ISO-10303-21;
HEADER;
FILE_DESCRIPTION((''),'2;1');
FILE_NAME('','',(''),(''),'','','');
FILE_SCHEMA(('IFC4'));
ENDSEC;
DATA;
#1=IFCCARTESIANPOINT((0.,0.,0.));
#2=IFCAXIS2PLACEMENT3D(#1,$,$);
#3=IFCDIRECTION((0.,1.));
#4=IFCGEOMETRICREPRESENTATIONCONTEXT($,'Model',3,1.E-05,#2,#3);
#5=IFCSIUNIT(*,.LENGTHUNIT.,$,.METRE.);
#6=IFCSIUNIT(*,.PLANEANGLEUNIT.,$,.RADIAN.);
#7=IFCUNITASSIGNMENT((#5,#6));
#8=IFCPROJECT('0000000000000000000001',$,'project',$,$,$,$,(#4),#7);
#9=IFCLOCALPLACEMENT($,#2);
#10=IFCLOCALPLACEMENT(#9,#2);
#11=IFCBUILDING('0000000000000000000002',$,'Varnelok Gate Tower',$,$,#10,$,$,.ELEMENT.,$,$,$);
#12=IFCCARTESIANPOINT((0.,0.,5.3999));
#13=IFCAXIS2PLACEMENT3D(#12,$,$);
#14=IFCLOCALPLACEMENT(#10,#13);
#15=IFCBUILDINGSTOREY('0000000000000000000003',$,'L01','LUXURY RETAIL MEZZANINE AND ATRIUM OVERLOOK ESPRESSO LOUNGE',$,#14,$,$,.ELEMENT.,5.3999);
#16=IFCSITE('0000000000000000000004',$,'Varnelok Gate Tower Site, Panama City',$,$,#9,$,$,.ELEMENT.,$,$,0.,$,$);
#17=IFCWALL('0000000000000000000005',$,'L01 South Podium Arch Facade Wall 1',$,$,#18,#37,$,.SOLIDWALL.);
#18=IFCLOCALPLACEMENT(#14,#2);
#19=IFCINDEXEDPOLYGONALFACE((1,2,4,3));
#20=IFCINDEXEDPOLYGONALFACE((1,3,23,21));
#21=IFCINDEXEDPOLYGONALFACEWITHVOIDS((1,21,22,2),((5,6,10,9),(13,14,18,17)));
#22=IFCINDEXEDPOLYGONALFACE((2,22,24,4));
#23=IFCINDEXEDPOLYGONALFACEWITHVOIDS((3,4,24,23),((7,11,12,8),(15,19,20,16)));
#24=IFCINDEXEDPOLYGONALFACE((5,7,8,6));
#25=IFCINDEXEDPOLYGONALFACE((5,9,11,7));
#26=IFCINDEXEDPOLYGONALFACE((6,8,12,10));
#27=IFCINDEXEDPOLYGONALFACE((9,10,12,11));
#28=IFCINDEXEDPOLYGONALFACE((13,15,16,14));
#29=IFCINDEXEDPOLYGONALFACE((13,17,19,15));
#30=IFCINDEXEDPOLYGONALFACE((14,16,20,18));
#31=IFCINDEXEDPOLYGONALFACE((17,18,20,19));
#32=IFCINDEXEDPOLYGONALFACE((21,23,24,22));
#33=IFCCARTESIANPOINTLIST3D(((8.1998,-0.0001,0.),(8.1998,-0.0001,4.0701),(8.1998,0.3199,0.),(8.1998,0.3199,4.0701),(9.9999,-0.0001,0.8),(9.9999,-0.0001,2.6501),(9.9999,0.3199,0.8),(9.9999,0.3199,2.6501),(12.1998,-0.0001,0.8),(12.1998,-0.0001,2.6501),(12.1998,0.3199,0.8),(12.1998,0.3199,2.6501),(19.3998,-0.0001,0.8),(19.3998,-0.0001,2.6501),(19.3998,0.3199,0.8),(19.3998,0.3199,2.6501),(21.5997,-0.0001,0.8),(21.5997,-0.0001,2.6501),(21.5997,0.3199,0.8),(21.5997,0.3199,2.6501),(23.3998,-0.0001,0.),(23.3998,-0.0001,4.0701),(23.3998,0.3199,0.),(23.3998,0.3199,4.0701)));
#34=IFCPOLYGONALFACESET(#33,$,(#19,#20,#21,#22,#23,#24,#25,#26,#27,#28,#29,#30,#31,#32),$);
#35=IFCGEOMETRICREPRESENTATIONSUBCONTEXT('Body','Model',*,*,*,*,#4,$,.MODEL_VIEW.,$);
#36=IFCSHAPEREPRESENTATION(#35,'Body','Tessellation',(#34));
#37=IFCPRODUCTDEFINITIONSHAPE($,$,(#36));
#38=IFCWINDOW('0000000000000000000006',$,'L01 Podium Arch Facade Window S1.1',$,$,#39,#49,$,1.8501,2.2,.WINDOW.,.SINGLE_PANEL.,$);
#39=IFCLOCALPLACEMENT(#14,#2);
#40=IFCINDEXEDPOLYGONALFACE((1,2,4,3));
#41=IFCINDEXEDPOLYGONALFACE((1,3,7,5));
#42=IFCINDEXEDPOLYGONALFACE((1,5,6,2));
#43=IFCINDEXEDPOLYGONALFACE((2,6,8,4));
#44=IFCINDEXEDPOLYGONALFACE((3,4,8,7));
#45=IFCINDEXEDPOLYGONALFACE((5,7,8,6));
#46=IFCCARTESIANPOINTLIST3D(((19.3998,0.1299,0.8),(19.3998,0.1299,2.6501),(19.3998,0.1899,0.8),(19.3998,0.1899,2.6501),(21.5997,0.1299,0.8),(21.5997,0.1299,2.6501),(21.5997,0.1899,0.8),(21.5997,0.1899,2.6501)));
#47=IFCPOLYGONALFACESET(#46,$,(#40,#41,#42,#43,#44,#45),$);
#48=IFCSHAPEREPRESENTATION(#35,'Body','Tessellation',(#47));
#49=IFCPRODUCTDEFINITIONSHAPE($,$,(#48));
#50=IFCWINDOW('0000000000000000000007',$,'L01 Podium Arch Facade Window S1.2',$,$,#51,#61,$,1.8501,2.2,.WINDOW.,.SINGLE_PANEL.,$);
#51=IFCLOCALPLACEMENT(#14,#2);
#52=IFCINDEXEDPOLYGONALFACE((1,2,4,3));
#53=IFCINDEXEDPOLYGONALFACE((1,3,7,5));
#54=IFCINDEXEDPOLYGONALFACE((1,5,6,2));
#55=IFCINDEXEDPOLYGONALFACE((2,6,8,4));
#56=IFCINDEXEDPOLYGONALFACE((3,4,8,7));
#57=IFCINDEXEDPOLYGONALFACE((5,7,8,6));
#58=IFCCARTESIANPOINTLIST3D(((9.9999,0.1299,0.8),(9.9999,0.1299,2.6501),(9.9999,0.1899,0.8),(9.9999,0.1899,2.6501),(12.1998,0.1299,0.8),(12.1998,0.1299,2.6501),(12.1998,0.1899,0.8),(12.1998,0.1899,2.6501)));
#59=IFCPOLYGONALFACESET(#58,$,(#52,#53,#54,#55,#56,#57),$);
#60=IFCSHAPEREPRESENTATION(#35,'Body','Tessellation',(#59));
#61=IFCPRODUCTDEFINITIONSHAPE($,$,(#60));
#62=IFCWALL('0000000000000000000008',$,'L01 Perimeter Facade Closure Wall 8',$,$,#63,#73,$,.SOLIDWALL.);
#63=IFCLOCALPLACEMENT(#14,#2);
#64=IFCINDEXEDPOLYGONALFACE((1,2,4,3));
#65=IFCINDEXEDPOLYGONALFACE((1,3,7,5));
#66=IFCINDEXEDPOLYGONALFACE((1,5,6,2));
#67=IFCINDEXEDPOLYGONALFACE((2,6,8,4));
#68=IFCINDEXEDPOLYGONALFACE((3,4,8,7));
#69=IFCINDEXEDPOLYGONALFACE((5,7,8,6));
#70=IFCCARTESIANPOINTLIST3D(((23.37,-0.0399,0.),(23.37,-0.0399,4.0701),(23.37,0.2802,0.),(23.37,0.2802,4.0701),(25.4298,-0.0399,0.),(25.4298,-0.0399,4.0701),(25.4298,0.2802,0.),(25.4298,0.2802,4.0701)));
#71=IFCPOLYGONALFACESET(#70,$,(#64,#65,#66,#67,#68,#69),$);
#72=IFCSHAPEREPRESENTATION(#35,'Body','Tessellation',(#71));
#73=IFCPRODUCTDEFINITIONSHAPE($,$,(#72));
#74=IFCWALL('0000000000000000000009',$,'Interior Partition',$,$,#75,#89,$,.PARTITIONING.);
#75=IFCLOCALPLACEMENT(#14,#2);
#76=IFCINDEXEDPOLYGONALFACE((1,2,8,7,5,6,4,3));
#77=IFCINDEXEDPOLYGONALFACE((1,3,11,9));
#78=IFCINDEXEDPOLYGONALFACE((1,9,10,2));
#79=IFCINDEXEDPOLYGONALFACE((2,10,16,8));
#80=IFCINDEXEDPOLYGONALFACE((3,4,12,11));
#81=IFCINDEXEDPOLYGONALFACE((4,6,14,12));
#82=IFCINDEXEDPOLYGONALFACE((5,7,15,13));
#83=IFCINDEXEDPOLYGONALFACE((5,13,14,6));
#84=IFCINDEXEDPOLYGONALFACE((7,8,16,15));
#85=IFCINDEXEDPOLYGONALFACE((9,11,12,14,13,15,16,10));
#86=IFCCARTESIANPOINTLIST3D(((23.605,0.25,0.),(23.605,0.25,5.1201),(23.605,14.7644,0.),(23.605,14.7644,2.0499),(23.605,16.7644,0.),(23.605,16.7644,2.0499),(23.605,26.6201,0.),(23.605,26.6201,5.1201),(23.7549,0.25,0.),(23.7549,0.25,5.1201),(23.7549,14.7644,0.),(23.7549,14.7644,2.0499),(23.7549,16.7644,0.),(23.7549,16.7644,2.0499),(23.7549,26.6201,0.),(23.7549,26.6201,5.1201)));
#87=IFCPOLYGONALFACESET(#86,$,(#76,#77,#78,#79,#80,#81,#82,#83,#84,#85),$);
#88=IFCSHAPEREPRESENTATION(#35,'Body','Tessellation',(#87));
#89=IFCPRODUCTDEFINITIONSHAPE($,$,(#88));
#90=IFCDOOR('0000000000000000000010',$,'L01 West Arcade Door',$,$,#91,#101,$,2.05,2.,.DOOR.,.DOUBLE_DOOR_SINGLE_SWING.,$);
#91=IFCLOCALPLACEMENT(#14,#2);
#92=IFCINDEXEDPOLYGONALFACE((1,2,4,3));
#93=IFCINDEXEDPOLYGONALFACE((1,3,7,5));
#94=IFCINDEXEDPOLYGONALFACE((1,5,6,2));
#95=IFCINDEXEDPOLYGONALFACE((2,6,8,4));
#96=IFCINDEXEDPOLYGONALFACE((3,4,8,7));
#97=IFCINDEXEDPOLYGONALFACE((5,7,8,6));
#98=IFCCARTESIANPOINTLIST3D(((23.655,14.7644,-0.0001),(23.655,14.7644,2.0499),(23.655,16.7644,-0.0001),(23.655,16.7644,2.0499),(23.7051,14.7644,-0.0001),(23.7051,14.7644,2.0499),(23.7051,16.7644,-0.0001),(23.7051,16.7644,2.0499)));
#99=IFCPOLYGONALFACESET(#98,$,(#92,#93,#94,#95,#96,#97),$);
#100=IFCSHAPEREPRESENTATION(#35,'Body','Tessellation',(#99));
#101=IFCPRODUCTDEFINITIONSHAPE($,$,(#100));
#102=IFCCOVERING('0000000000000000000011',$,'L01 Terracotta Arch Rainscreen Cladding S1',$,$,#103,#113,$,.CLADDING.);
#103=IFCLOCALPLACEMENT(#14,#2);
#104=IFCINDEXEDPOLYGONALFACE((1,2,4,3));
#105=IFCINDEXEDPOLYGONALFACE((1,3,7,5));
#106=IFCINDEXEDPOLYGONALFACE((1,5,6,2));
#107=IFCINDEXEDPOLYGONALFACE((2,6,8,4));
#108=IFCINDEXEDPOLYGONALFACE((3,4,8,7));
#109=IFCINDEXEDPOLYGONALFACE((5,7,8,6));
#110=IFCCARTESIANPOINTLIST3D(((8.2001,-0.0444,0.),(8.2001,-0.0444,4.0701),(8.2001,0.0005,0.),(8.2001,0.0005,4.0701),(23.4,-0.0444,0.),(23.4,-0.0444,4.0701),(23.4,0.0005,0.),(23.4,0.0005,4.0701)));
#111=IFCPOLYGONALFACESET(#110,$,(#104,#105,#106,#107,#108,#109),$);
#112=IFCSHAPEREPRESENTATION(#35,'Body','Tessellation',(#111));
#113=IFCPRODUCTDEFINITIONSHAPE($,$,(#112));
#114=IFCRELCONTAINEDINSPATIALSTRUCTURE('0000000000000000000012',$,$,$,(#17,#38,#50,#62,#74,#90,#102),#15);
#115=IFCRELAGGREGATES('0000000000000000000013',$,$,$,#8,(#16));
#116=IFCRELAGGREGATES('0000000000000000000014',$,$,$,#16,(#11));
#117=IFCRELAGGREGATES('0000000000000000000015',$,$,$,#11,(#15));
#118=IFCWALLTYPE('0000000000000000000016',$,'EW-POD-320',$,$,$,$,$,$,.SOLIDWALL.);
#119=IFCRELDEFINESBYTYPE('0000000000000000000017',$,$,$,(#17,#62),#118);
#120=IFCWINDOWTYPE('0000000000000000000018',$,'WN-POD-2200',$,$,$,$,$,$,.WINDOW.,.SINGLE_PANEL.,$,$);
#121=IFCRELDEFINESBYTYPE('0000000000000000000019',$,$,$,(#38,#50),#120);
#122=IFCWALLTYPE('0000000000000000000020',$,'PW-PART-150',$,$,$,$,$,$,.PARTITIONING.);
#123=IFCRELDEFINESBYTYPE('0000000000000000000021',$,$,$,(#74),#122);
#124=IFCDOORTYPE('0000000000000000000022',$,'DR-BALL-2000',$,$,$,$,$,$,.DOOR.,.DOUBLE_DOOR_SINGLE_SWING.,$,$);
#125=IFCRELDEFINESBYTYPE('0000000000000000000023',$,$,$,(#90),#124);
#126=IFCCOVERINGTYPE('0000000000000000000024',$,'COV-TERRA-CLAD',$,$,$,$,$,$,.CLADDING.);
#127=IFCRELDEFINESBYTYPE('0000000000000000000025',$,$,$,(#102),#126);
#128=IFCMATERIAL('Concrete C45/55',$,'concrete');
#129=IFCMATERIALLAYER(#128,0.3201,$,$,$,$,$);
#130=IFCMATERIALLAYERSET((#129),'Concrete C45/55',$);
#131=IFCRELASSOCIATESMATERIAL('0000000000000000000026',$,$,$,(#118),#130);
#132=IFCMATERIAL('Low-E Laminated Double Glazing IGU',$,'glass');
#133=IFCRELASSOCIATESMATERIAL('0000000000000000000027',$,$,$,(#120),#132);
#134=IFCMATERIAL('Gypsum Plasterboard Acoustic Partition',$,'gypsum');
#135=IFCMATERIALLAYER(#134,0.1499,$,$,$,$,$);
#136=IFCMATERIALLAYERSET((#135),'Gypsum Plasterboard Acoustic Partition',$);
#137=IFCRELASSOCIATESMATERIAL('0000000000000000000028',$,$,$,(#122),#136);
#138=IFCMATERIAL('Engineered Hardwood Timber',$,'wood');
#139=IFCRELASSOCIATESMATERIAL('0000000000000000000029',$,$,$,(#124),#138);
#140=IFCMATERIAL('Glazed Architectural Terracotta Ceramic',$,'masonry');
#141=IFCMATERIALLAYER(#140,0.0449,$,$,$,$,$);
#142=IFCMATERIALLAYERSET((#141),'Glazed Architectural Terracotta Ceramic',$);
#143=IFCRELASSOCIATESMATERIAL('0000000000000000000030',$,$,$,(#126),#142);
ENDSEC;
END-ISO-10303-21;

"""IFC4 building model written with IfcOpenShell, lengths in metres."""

from ifc_helpers import new_model, si_unit, direction, frame, frame_2d, origin, origin_2d, place, context, subcontext, project, spatial, rectangle, extrude, source, transform, mapped, material, layer, layer_set, type_object, element, fill, save


model = new_model("IFC4")

# Units and contexts
model_context = context("Model", 3, precision=1e-05, world=origin(), true_north=direction((0.0, 1.0)))
body_context = subcontext(model_context, "Body", "Model", "MODEL_VIEW")
ifc_project = project(units=[si_unit("LENGTHUNIT", "METRE"), si_unit("PLANEANGLEUNIT", "RADIAN")], contexts=[model_context])

# Site, building, storey
site_placement = place(None, origin())
site = spatial("IfcSite", under=ifc_project, at=site_placement, Name="Varnelok Gate Tower Site, Panama City", CompositionType="ELEMENT", RefElevation=0.0)
building_placement = place(site_placement, origin())
building = spatial("IfcBuilding", under=site, at=building_placement, Name="Varnelok Gate Tower", CompositionType="ELEMENT")
storey_placement = place(building_placement, frame((0.0, 0.0, 5.3999)))
storey = spatial("IfcBuildingStorey", under=building, at=storey_placement, Name="L01", Description="LUXURY RETAIL MEZZANINE AND ATRIUM OVERLOOK ESPRESSO LOUNGE", CompositionType="ELEMENT", Elevation=5.3999)

# Shared definitions
ifc_material_1 = material(Name="Low-E Laminated Double Glazing IGU", Category="glass")

# Wall, openings, windows
ifc_material_2 = material(Name="Concrete C45/55", Category="concrete")
ifc_layer_1 = layer(ifc_material_2, 0.3201)
ifc_layer_set_1 = layer_set([ifc_layer_1], Name="Concrete C45/55")
wall_type_1 = type_object("IfcWallType", Name="EW-POD-320", PredefinedType="SOLIDWALL", material=ifc_layer_set_1)
wall_1_placement = place(storey_placement, frame((23.3999, 0.1599, 0.0), z_axis=(0.0, 0.0, 1.0), x_axis=(-1.0, 0.0, 0.0)))
wall_1 = element("IfcWall", 1, at=wall_1_placement, inside=storey, type_object=wall_type_1, Name="L01 South Podium Arch Facade Wall 1", PredefinedType="SOLIDWALL", context=body_context, shape_type="SweptSolid", body=[
    extrude(rectangle(XDim=15.2, YDim=0.3201, at=frame_2d((7.6001, 0.0))), origin(), (0.0, 0.0, 1.0), 4.0701),
])
opening_1_placement = place(wall_1_placement, frame((1.8, 0.0, 0.8)))
opening_1 = element("IfcOpeningElement", 2, at=opening_1_placement, cuts=wall_1, PredefinedType="OPENING", context=body_context, shape_type="SweptSolid", body=[
    extrude(rectangle(XDim=2.2, YDim=1.8501, at=frame_2d((1.1001, 0.925))), frame((0.0, 0.1699, 0.0), z_axis=(0.0, -1.0, 0.0), x_axis=(1.0, 0.0, 0.0)), (0.0, 0.0, 1.0), 0.3401),
])
opening_2_placement = place(wall_1_placement, frame((11.2, 0.0, 0.8)))
opening_2 = element("IfcOpeningElement", 3, at=opening_2_placement, cuts=wall_1, PredefinedType="OPENING", context=body_context, shape_type="SweptSolid", body=[
    extrude(rectangle(XDim=2.2, YDim=1.8501, at=frame_2d((1.1001, 0.925))), frame((0.0, 0.1699, 0.0), z_axis=(0.0, -1.0, 0.0), x_axis=(1.0, 0.0, 0.0)), (0.0, 0.0, 1.0), 0.3401),
])
window_type = type_object("IfcWindowType", Name="WN-POD-2200", PartitioningType="SINGLE_PANEL", PredefinedType="WINDOW", material=ifc_material_1)
window_1_placement = place(opening_1_placement, origin())
window_1 = element("IfcWindow", 4, at=window_1_placement, inside=storey, type_object=window_type, Name="L01 Podium Arch Facade Window S1.1", OverallHeight=1.8501, OverallWidth=2.2, PartitioningType="SINGLE_PANEL", PredefinedType="WINDOW", context=body_context, shape_type="SweptSolid", body=[
    extrude(rectangle(XDim=2.2, YDim=1.8501, at=frame_2d((1.1001, 0.925))), frame((0.0, 0.03, 0.0), z_axis=(0.0, -1.0, 0.0), x_axis=(1.0, 0.0, 0.0)), (0.0, 0.0, 1.0), 0.0601),
])
fill(opening_1, window_1)
window_2_placement = place(opening_2_placement, origin())
window_2 = element("IfcWindow", 5, at=window_2_placement, inside=storey, type_object=window_type, Name="L01 Podium Arch Facade Window S1.2", OverallHeight=1.8501, OverallWidth=2.2, PartitioningType="SINGLE_PANEL", PredefinedType="WINDOW", context=body_context, shape_type="SweptSolid", body=[
    extrude(rectangle(XDim=2.2, YDim=1.8501, at=frame_2d((1.1001, 0.925))), frame((0.0, 0.03, 0.0), z_axis=(0.0, -1.0, 0.0), x_axis=(1.0, 0.0, 0.0)), (0.0, 0.0, 1.0), 0.0601),
])
fill(opening_2, window_2)

# Wall
wall_2_placement = place(storey_placement, frame((23.3701, 0.1201, 0.0), z_axis=(0.0, 0.0, 1.0), x_axis=(1.0, 0.0, 0.0)))
element("IfcWall", 6, at=wall_2_placement, inside=storey, type_object=wall_type_1, Name="L01 Perimeter Facade Closure Wall 8", PredefinedType="SOLIDWALL", context=body_context, shape_type="SweptSolid", body=[
    extrude(rectangle(XDim=2.0598, YDim=0.3201, at=frame_2d((1.0298, 0.0))), origin(), (0.0, 0.0, 1.0), 4.0701),
])

# Wall, opening, door
ifc_material_3 = material(Name="Gypsum Plasterboard Acoustic Partition", Category="gypsum")
ifc_layer_2 = layer(ifc_material_3, 0.1499)
ifc_layer_set_2 = layer_set([ifc_layer_2], Name="Gypsum Plasterboard Acoustic Partition")
wall_type_2 = type_object("IfcWallType", Name="PW-PART-150", PredefinedType="PARTITIONING", material=ifc_layer_set_2)
wall_3_placement = place(storey_placement, frame((23.6799, 0.25, 0.0), z_axis=(0.0, 0.0, 1.0), x_axis=(0.0, 1.0, 0.0)))
wall_3 = element("IfcWall", 7, at=wall_3_placement, inside=storey, type_object=wall_type_2, Name="Interior Partition", PredefinedType="PARTITIONING", context=body_context, shape_type="SweptSolid", body=[
    extrude(rectangle(XDim=26.3701, YDim=0.1499, at=frame_2d((13.1851, 0.0))), origin(), (0.0, 0.0, 1.0), 5.1201),
])
opening_3_placement = place(wall_3_placement, frame((14.5144, 0.0, 0.0)))
opening_3 = element("IfcOpeningElement", 8, at=opening_3_placement, cuts=wall_3, PredefinedType="OPENING", context=body_context, shape_type="SweptSolid", body=[
    extrude(rectangle(XDim=2.0, YDim=2.05, at=frame_2d((1.0, 1.0249))), frame((0.0, 0.085, 0.0), z_axis=(0.0, -1.0, 0.0), x_axis=(1.0, 0.0, 0.0)), (0.0, 0.0, 1.0), 0.1699),
])
ifc_material_4 = material(Name="Engineered Hardwood Timber", Category="wood")
door_type = type_object("IfcDoorType", Name="DR-BALL-2000", OperationType="DOUBLE_DOOR_SINGLE_SWING", PredefinedType="DOOR", material=ifc_material_4)
door_placement = place(opening_3_placement, origin())
door = element("IfcDoor", 9, at=door_placement, inside=storey, type_object=door_type, Name="L01 West Arcade Door", OperationType="DOUBLE_DOOR_SINGLE_SWING", OverallHeight=2.05, OverallWidth=2.0, PredefinedType="DOOR", context=body_context, shape_type="SweptSolid", body=[
    extrude(rectangle(XDim=2.0, YDim=2.05, at=frame_2d((1.0, 1.0249))), frame((0.0, 0.0249, 0.0), z_axis=(0.0, -1.0, 0.0), x_axis=(1.0, 0.0, 0.0)), (0.0, 0.0, 1.0), 0.05),
])
fill(opening_3, door)

# Covering
ifc_material_5 = material(Name="Glazed Architectural Terracotta Ceramic", Category="masonry")
ifc_layer_3 = layer(ifc_material_5, 0.0449)
ifc_layer_set_3 = layer_set([ifc_layer_3], Name="Glazed Architectural Terracotta Ceramic")
covering_type = type_object("IfcCoveringType", Name="COV-TERRA-CLAD", PredefinedType="CLADDING", material=ifc_layer_set_3)
shared_shape_1 = source(origin(), body_context, "Body", "SweptSolid", [
    extrude(rectangle(XDim=15.2, YDim=0.0449, at=origin_2d()), origin(), (0.0, 0.0, 1.0), 4.0701),
])
covering_placement = place(storey_placement, frame((15.8, -0.022, 0.0), z_axis=(0.0, 0.0, 1.0), x_axis=(1.0, 0.0, 0.0)))
element("IfcCovering", 10, at=covering_placement, inside=storey, type_object=covering_type, Name="L01 Terracotta Arch Rainscreen Cladding S1", PredefinedType="CLADDING", context=body_context, shape_type="MappedRepresentation", body=[
    mapped(shared_shape_1, transform((0.0, 0.0, 0.0), scale=1.0)),
])

save(model, "model.ifc")
